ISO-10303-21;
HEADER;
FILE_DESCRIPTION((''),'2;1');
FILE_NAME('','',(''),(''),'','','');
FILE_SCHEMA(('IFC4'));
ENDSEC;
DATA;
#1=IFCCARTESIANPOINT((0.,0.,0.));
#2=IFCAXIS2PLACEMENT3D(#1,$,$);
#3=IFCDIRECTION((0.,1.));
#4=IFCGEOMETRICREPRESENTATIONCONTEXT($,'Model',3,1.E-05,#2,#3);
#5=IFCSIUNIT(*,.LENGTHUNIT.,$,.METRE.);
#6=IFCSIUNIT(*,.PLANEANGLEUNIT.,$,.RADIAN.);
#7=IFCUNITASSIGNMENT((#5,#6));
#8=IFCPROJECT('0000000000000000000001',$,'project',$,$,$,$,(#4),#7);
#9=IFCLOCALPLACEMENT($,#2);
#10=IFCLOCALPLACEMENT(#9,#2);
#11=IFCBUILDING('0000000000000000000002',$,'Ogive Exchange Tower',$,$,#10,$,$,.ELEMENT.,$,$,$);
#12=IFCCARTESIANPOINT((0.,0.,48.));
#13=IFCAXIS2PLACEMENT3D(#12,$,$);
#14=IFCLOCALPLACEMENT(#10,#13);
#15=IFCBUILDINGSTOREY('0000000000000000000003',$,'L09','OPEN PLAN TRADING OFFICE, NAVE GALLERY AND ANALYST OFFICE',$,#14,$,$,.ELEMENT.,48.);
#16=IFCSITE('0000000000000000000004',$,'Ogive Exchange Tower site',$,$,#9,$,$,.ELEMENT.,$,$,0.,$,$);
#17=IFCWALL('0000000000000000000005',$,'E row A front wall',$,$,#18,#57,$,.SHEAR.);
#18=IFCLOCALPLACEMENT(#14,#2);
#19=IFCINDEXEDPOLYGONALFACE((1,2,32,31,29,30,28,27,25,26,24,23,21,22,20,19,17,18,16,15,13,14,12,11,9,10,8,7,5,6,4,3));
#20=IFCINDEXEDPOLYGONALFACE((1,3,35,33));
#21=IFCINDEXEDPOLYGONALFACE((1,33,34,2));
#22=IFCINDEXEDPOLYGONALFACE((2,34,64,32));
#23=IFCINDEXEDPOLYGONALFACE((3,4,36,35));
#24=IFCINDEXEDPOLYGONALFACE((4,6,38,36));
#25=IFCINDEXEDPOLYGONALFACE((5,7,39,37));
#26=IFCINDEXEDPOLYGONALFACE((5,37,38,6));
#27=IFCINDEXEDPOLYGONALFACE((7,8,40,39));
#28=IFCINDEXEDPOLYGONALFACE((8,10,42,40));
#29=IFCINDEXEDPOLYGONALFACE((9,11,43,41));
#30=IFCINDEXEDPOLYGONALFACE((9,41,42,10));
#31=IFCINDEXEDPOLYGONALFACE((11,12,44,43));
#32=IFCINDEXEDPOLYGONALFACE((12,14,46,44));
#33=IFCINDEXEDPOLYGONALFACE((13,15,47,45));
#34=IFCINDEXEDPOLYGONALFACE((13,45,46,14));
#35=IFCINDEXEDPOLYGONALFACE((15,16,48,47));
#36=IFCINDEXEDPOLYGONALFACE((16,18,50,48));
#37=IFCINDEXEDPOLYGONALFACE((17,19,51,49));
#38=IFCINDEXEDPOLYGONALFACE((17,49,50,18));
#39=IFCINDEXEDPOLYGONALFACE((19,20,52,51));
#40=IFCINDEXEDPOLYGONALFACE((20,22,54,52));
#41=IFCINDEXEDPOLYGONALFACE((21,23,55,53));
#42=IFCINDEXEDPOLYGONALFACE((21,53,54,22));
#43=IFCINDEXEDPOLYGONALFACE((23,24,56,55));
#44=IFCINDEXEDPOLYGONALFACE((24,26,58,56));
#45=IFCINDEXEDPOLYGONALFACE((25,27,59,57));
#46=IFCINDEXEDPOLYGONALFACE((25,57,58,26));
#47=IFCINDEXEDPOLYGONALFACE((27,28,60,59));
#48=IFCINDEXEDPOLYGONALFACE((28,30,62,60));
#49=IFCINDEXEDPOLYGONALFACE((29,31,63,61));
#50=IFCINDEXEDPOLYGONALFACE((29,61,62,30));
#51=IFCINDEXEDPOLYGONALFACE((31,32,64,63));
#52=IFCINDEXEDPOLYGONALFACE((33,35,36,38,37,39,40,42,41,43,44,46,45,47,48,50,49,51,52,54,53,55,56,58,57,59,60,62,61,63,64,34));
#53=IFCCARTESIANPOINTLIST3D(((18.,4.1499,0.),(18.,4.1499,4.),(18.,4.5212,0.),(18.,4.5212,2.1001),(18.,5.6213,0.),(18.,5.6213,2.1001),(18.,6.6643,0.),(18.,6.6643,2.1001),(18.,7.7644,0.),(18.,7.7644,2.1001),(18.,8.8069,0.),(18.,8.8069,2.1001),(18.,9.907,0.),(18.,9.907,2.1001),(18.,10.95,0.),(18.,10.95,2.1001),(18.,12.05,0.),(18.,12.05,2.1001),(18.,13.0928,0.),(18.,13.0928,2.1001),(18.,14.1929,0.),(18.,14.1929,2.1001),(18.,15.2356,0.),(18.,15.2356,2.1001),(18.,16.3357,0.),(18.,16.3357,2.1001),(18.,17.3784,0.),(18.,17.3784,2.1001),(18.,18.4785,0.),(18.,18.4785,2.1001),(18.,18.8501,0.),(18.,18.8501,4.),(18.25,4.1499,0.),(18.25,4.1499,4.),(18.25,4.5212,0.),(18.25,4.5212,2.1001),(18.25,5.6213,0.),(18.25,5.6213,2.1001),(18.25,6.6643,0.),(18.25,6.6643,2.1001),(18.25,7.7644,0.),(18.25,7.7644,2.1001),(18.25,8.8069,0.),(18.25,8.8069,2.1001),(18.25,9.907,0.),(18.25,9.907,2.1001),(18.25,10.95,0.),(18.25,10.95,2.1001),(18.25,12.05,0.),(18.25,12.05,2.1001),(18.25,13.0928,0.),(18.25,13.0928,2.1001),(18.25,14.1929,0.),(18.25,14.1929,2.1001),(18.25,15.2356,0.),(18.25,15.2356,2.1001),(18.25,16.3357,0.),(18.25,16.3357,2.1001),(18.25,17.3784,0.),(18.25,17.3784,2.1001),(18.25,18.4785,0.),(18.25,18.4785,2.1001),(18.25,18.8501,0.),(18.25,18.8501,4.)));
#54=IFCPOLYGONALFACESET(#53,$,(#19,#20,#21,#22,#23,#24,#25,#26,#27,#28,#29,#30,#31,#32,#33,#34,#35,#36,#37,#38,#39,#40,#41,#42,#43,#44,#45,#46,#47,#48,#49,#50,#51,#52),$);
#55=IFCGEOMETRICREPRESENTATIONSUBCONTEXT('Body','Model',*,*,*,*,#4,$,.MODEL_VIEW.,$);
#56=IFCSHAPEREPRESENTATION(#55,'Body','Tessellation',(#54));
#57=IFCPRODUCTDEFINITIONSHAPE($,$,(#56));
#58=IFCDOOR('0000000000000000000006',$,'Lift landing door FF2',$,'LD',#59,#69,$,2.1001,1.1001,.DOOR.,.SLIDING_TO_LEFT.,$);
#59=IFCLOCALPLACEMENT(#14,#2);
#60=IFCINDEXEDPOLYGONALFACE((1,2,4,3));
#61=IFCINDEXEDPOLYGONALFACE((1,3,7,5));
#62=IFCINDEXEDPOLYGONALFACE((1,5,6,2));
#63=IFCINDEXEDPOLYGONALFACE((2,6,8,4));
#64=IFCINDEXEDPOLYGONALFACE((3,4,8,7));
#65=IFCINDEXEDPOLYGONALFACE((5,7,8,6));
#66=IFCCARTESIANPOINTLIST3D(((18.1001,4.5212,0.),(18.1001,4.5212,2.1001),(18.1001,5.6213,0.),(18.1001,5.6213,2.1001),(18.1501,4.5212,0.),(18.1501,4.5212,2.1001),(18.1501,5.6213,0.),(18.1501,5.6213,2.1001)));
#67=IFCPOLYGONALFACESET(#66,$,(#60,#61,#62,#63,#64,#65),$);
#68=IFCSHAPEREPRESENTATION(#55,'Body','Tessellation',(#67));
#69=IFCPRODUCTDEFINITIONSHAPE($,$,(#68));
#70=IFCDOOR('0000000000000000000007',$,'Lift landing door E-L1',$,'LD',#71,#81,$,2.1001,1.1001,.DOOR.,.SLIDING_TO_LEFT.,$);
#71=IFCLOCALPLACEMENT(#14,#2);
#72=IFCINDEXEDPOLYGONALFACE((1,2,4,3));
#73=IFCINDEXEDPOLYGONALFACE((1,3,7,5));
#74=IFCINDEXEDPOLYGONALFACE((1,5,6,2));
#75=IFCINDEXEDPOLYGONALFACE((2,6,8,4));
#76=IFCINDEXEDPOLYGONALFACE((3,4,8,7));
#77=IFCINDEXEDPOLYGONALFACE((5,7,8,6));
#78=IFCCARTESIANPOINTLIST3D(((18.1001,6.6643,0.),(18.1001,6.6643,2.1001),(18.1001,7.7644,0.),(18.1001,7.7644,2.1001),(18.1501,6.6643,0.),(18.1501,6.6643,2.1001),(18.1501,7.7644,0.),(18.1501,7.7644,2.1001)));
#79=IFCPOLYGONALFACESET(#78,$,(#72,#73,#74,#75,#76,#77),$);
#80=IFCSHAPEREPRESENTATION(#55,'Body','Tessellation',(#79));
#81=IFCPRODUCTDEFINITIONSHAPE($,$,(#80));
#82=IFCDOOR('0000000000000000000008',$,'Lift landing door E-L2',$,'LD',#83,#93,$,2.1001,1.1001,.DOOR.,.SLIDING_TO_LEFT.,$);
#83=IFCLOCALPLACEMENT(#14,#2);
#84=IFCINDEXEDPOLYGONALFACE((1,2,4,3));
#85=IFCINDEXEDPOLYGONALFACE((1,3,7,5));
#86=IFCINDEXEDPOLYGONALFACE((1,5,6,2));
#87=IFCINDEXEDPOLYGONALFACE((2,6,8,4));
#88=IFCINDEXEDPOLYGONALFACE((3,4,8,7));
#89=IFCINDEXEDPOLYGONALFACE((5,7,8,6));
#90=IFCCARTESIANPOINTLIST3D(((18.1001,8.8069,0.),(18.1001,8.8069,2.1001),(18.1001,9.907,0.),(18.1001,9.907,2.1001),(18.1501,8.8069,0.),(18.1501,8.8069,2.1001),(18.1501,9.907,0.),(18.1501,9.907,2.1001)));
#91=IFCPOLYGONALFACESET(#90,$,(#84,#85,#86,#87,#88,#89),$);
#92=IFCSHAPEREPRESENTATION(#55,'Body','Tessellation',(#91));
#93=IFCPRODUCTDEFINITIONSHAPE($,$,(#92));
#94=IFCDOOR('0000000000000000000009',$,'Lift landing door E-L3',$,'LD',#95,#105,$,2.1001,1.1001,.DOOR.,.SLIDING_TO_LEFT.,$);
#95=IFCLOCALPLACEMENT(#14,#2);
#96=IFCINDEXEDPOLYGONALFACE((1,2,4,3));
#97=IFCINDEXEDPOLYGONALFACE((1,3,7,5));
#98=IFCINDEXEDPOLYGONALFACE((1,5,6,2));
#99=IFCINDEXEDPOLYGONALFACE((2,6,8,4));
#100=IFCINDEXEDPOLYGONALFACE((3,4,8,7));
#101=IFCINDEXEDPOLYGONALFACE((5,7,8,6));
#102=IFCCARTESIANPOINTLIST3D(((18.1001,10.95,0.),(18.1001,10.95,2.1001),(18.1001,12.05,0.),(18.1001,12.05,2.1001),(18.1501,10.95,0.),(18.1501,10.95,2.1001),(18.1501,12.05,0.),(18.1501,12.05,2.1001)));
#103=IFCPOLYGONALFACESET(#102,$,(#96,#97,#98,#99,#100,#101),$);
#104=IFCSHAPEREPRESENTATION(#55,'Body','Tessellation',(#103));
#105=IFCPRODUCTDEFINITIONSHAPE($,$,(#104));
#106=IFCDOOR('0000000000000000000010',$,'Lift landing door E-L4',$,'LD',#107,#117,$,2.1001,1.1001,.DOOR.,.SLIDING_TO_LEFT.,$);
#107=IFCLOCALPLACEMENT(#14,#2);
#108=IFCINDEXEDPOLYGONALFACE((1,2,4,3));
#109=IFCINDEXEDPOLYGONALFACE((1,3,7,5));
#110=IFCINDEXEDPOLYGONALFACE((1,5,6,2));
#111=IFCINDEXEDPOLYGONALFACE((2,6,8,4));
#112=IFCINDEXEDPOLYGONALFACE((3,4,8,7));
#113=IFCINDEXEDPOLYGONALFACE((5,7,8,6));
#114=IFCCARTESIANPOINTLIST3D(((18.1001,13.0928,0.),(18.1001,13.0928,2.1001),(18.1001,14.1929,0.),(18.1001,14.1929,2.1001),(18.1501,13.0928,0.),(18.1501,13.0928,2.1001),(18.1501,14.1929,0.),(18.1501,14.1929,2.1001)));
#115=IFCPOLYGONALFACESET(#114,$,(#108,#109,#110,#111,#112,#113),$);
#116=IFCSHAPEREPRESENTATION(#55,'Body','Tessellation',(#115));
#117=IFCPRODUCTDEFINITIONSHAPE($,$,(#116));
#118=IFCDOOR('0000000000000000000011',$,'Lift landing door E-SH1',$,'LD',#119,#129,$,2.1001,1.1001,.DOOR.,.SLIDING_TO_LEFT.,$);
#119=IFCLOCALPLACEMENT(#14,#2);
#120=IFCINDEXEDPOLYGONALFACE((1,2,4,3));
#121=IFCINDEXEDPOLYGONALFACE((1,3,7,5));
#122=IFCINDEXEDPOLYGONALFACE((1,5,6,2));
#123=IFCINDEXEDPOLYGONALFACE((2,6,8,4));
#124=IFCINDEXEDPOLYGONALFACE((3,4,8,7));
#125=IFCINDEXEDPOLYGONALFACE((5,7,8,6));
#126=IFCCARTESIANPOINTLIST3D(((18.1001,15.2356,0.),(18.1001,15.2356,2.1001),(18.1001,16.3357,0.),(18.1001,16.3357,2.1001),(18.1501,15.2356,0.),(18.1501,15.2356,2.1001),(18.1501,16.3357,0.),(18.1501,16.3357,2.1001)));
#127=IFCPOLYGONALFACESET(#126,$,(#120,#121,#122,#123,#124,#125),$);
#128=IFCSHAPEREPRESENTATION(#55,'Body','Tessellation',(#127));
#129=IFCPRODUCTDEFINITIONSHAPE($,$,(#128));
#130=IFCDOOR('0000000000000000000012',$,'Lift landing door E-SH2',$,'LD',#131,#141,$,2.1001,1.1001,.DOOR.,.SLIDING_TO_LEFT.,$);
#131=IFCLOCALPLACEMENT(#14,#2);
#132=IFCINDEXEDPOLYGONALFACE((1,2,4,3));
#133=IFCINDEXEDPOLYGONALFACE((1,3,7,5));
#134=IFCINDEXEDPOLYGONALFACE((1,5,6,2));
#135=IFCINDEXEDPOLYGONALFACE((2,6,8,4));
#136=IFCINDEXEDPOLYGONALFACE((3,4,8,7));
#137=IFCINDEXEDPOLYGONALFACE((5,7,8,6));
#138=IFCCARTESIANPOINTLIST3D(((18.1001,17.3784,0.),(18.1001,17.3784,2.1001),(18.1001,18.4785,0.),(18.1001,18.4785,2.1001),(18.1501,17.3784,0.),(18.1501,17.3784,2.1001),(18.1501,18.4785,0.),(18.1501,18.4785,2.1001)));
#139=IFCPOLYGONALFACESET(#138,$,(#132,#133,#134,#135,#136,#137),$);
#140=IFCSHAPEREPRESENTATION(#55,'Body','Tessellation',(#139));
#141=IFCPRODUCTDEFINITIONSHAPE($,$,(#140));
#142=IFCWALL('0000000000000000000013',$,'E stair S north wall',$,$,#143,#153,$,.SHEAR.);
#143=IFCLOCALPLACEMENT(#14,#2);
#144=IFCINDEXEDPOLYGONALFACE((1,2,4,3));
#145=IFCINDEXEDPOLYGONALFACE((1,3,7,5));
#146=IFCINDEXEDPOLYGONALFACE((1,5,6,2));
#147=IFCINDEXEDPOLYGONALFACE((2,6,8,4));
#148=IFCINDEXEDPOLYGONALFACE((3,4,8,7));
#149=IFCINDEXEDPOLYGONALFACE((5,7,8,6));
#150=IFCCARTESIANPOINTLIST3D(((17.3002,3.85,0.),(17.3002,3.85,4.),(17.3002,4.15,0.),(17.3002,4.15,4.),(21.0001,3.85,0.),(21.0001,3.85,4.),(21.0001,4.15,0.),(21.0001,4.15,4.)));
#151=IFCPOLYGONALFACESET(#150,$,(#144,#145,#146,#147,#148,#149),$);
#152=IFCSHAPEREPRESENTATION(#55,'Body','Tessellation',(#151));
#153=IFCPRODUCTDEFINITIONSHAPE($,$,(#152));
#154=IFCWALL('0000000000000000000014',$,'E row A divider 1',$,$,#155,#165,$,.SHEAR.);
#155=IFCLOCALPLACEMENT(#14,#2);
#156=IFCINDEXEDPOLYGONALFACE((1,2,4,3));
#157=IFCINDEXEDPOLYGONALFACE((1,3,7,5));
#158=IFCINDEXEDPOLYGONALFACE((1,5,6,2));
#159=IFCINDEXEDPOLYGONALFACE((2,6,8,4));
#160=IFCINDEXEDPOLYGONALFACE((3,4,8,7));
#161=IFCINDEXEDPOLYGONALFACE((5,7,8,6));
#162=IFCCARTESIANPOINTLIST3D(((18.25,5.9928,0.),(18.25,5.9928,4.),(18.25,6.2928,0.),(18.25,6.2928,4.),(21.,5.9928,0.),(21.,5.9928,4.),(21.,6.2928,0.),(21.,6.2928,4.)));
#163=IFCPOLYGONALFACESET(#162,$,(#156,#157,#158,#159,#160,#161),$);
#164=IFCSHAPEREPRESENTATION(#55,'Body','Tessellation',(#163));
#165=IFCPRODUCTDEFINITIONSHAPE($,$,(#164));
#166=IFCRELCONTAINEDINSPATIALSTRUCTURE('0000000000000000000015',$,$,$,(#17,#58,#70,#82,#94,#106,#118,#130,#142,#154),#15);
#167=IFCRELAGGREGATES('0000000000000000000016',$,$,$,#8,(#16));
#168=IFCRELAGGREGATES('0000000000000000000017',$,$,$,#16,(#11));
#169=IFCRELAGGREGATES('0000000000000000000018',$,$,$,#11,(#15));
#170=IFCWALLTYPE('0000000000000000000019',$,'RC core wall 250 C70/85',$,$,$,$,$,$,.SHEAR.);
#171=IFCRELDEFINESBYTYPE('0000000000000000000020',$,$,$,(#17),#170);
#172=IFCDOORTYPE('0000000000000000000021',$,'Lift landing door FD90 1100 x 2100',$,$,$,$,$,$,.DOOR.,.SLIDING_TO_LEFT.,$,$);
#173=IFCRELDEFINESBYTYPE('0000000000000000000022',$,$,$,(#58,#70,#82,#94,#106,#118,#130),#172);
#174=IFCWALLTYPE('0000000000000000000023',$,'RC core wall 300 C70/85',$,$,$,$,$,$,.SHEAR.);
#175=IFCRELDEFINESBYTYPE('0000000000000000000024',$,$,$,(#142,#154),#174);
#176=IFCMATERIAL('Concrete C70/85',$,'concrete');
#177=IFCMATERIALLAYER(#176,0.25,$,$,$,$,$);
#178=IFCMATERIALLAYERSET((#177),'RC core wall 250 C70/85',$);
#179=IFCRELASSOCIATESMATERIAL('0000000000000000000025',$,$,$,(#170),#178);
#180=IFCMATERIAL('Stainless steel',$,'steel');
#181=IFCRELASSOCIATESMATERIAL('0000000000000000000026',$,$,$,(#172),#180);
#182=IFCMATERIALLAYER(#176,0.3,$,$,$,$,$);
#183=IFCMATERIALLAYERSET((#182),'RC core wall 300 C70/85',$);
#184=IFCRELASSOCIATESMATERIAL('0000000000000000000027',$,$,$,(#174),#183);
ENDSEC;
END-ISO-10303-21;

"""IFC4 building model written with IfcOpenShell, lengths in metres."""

from ifc_helpers import new_model, si_unit, direction, frame, frame_2d, origin, place, context, subcontext, project, spatial, rectangle, extrude, material, layer, layer_set, type_object, element, fill, save


model = new_model("IFC4")

# Units and contexts
model_context = context("Model", 3, precision=1e-05, world=origin(), true_north=direction((0.0, 1.0)))
body_context = subcontext(model_context, "Body", "Model", "MODEL_VIEW")
ifc_project = project(units=[si_unit("LENGTHUNIT", "METRE"), si_unit("PLANEANGLEUNIT", "RADIAN")], contexts=[model_context])

# Site, building, storey
site_placement = place(None, origin())
site = spatial("IfcSite", under=ifc_project, at=site_placement, Name="Ogive Exchange Tower site", CompositionType="ELEMENT", RefElevation=0.0)
building_placement = place(site_placement, origin())
building = spatial("IfcBuilding", under=site, at=building_placement, Name="Ogive Exchange Tower", CompositionType="ELEMENT")
storey_placement = place(building_placement, frame((0.0, 0.0, 48.0)))
storey = spatial("IfcBuildingStorey", under=building, at=storey_placement, Name="L09", Description="OPEN PLAN TRADING OFFICE, NAVE GALLERY AND ANALYST OFFICE", CompositionType="ELEMENT", Elevation=48.0)

# Shared definitions
ifc_material_1 = material(Name="Concrete C70/85", Category="concrete")

# Wall, openings, doors
ifc_layer_1 = layer(ifc_material_1, 0.25)
ifc_layer_set_1 = layer_set([ifc_layer_1], Name="RC core wall 250 C70/85")
wall_type_1 = type_object("IfcWallType", Name="RC core wall 250 C70/85", PredefinedType="SHEAR", material=ifc_layer_set_1)
wall_1_placement = place(storey_placement, frame((18.125, 4.1499, 0.0), z_axis=(0.0, 0.0, 1.0), x_axis=(0.0, 1.0, 0.0)))
wall_1 = element("IfcWall", 1, at=wall_1_placement, inside=storey, type_object=wall_type_1, Name="E row A front wall", PredefinedType="SHEAR", context=body_context, shape_type="SweptSolid", body=[
    extrude(rectangle(XDim=14.7002, YDim=0.25, at=frame_2d((7.3501, 0.0))), origin(), (0.0, 0.0, 1.0), 4.0),
])
opening_1_placement = place(wall_1_placement, frame((0.3713, 0.0, 0.0)))
opening_1 = element("IfcOpeningElement", 2, at=opening_1_placement, cuts=wall_1, PredefinedType="OPENING", context=body_context, shape_type="SweptSolid", body=[
    extrude(rectangle(XDim=1.1001, YDim=2.1001, at=frame_2d((0.55, 1.05))), frame((0.0, 0.135, 0.0), z_axis=(0.0, -1.0, 0.0), x_axis=(1.0, 0.0, 0.0)), (0.0, 0.0, 1.0), 0.27),
])
opening_2_placement = place(wall_1_placement, frame((2.5144, 0.0, 0.0)))
opening_2 = element("IfcOpeningElement", 3, at=opening_2_placement, cuts=wall_1, PredefinedType="OPENING", context=body_context, shape_type="SweptSolid", body=[
    extrude(rectangle(XDim=1.1001, YDim=2.1001, at=frame_2d((0.55, 1.05))), frame((0.0, 0.135, 0.0), z_axis=(0.0, -1.0, 0.0), x_axis=(1.0, 0.0, 0.0)), (0.0, 0.0, 1.0), 0.27),
])
opening_3_placement = place(wall_1_placement, frame((4.657, 0.0, 0.0)))
opening_3 = element("IfcOpeningElement", 4, at=opening_3_placement, cuts=wall_1, PredefinedType="OPENING", context=body_context, shape_type="SweptSolid", body=[
    extrude(rectangle(XDim=1.1001, YDim=2.1001, at=frame_2d((0.55, 1.05))), frame((0.0, 0.135, 0.0), z_axis=(0.0, -1.0, 0.0), x_axis=(1.0, 0.0, 0.0)), (0.0, 0.0, 1.0), 0.27),
])
opening_4_placement = place(wall_1_placement, frame((6.8, 0.0, 0.0)))
opening_4 = element("IfcOpeningElement", 5, at=opening_4_placement, cuts=wall_1, PredefinedType="OPENING", context=body_context, shape_type="SweptSolid", body=[
    extrude(rectangle(XDim=1.1001, YDim=2.1001, at=frame_2d((0.55, 1.05))), frame((0.0, 0.135, 0.0), z_axis=(0.0, -1.0, 0.0), x_axis=(1.0, 0.0, 0.0)), (0.0, 0.0, 1.0), 0.27),
])
opening_5_placement = place(wall_1_placement, frame((8.9429, 0.0, 0.0)))
opening_5 = element("IfcOpeningElement", 6, at=opening_5_placement, cuts=wall_1, PredefinedType="OPENING", context=body_context, shape_type="SweptSolid", body=[
    extrude(rectangle(XDim=1.1001, YDim=2.1001, at=frame_2d((0.55, 1.05))), frame((0.0, 0.135, 0.0), z_axis=(0.0, -1.0, 0.0), x_axis=(1.0, 0.0, 0.0)), (0.0, 0.0, 1.0), 0.27),
])
opening_6_placement = place(wall_1_placement, frame((11.0857, 0.0, 0.0)))
opening_6 = element("IfcOpeningElement", 7, at=opening_6_placement, cuts=wall_1, PredefinedType="OPENING", context=body_context, shape_type="SweptSolid", body=[
    extrude(rectangle(XDim=1.1001, YDim=2.1001, at=frame_2d((0.55, 1.05))), frame((0.0, 0.135, 0.0), z_axis=(0.0, -1.0, 0.0), x_axis=(1.0, 0.0, 0.0)), (0.0, 0.0, 1.0), 0.27),
])
opening_7_placement = place(wall_1_placement, frame((13.2285, 0.0, 0.0)))
opening_7 = element("IfcOpeningElement", 8, at=opening_7_placement, cuts=wall_1, PredefinedType="OPENING", context=body_context, shape_type="SweptSolid", body=[
    extrude(rectangle(XDim=1.1001, YDim=2.1001, at=frame_2d((0.55, 1.05))), frame((0.0, 0.135, 0.0), z_axis=(0.0, -1.0, 0.0), x_axis=(1.0, 0.0, 0.0)), (0.0, 0.0, 1.0), 0.27),
])
ifc_material_2 = material(Name="Stainless steel", Category="steel")
door_type_1 = type_object("IfcDoorType", Name="Lift landing door FD90 1100 x 2100", OperationType="SLIDING_TO_LEFT", PredefinedType="DOOR", material=ifc_material_2)
door_1_placement = place(opening_1_placement, origin())
door_1 = element("IfcDoor", 9, at=door_1_placement, inside=storey, type_object=door_type_1, Name="Lift landing door FF2", ObjectType="LD", OperationType="SLIDING_TO_LEFT", OverallHeight=2.1001, OverallWidth=1.1001, PredefinedType="DOOR", context=body_context, shape_type="SweptSolid", body=[
    extrude(rectangle(XDim=1.1001, YDim=2.1001, at=frame_2d((0.55, 1.05))), frame((0.0, 0.0249, 0.0), z_axis=(0.0, -1.0, 0.0), x_axis=(1.0, 0.0, 0.0)), (0.0, 0.0, 1.0), 0.05),
])
fill(opening_1, door_1)
door_2_placement = place(opening_2_placement, origin())
door_2 = element("IfcDoor", 10, at=door_2_placement, inside=storey, type_object=door_type_1, Name="Lift landing door E-L1", ObjectType="LD", OperationType="SLIDING_TO_LEFT", OverallHeight=2.1001, OverallWidth=1.1001, PredefinedType="DOOR", context=body_context, shape_type="SweptSolid", body=[
    extrude(rectangle(XDim=1.1001, YDim=2.1001, at=frame_2d((0.55, 1.05))), frame((0.0, 0.0249, 0.0), z_axis=(0.0, -1.0, 0.0), x_axis=(1.0, 0.0, 0.0)), (0.0, 0.0, 1.0), 0.05),
])
fill(opening_2, door_2)
door_3_placement = place(opening_3_placement, origin())
door_3 = element("IfcDoor", 11, at=door_3_placement, inside=storey, type_object=door_type_1, Name="Lift landing door E-L2", ObjectType="LD", OperationType="SLIDING_TO_LEFT", OverallHeight=2.1001, OverallWidth=1.1001, PredefinedType="DOOR", context=body_context, shape_type="SweptSolid", body=[
    extrude(rectangle(XDim=1.1001, YDim=2.1001, at=frame_2d((0.55, 1.05))), frame((0.0, 0.0249, 0.0), z_axis=(0.0, -1.0, 0.0), x_axis=(1.0, 0.0, 0.0)), (0.0, 0.0, 1.0), 0.05),
])
fill(opening_3, door_3)
door_4_placement = place(opening_4_placement, origin())
door_4 = element("IfcDoor", 12, at=door_4_placement, inside=storey, type_object=door_type_1, Name="Lift landing door E-L3", ObjectType="LD", OperationType="SLIDING_TO_LEFT", OverallHeight=2.1001, OverallWidth=1.1001, PredefinedType="DOOR", context=body_context, shape_type="SweptSolid", body=[
    extrude(rectangle(XDim=1.1001, YDim=2.1001, at=frame_2d((0.55, 1.05))), frame((0.0, 0.0249, 0.0), z_axis=(0.0, -1.0, 0.0), x_axis=(1.0, 0.0, 0.0)), (0.0, 0.0, 1.0), 0.05),
])
fill(opening_4, door_4)
door_5_placement = place(opening_5_placement, origin())
door_5 = element("IfcDoor", 13, at=door_5_placement, inside=storey, type_object=door_type_1, Name="Lift landing door E-L4", ObjectType="LD", OperationType="SLIDING_TO_LEFT", OverallHeight=2.1001, OverallWidth=1.1001, PredefinedType="DOOR", context=body_context, shape_type="SweptSolid", body=[
    extrude(rectangle(XDim=1.1001, YDim=2.1001, at=frame_2d((0.55, 1.05))), frame((0.0, 0.0249, 0.0), z_axis=(0.0, -1.0, 0.0), x_axis=(1.0, 0.0, 0.0)), (0.0, 0.0, 1.0), 0.05),
])
fill(opening_5, door_5)
door_6_placement = place(opening_6_placement, origin())
door_6 = element("IfcDoor", 14, at=door_6_placement, inside=storey, type_object=door_type_1, Name="Lift landing door E-SH1", ObjectType="LD", OperationType="SLIDING_TO_LEFT", OverallHeight=2.1001, OverallWidth=1.1001, PredefinedType="DOOR", context=body_context, shape_type="SweptSolid", body=[
    extrude(rectangle(XDim=1.1001, YDim=2.1001, at=frame_2d((0.55, 1.05))), frame((0.0, 0.0249, 0.0), z_axis=(0.0, -1.0, 0.0), x_axis=(1.0, 0.0, 0.0)), (0.0, 0.0, 1.0), 0.05),
])
fill(opening_6, door_6)
door_7_placement = place(opening_7_placement, origin())
door_7 = element("IfcDoor", 15, at=door_7_placement, inside=storey, type_object=door_type_1, Name="Lift landing door E-SH2", ObjectType="LD", OperationType="SLIDING_TO_LEFT", OverallHeight=2.1001, OverallWidth=1.1001, PredefinedType="DOOR", context=body_context, shape_type="SweptSolid", body=[
    extrude(rectangle(XDim=1.1001, YDim=2.1001, at=frame_2d((0.55, 1.05))), frame((0.0, 0.0249, 0.0), z_axis=(0.0, -1.0, 0.0), x_axis=(1.0, 0.0, 0.0)), (0.0, 0.0, 1.0), 0.05),
])
fill(opening_7, door_7)

# Walls
ifc_layer_2 = layer(ifc_material_1, 0.3)
ifc_layer_set_2 = layer_set([ifc_layer_2], Name="RC core wall 300 C70/85")
wall_type_2 = type_object("IfcWallType", Name="RC core wall 300 C70/85", PredefinedType="SHEAR", material=ifc_layer_set_2)
wall_2_placement = place(storey_placement, frame((17.3, 4.0, 0.0), z_axis=(0.0, 0.0, 1.0), x_axis=(1.0, 0.0, 0.0)))
element("IfcWall", 16, at=wall_2_placement, inside=storey, type_object=wall_type_2, Name="E stair S north wall", PredefinedType="SHEAR", context=body_context, shape_type="SweptSolid", body=[
    extrude(rectangle(XDim=3.7, YDim=0.3, at=frame_2d((1.8501, 0.0))), origin(), (0.0, 0.0, 1.0), 4.0),
])
wall_3_placement = place(storey_placement, frame((18.25, 6.1428, 0.0), z_axis=(0.0, 0.0, 1.0), x_axis=(1.0, 0.0, 0.0)))
element("IfcWall", 17, at=wall_3_placement, inside=storey, type_object=wall_type_2, Name="E row A divider 1", PredefinedType="SHEAR", context=body_context, shape_type="SweptSolid", body=[
    extrude(rectangle(XDim=2.75, YDim=0.3, at=frame_2d((1.375, 0.0))), origin(), (0.0, 0.0, 1.0), 4.0),
])

save(model, "model.ifc")
